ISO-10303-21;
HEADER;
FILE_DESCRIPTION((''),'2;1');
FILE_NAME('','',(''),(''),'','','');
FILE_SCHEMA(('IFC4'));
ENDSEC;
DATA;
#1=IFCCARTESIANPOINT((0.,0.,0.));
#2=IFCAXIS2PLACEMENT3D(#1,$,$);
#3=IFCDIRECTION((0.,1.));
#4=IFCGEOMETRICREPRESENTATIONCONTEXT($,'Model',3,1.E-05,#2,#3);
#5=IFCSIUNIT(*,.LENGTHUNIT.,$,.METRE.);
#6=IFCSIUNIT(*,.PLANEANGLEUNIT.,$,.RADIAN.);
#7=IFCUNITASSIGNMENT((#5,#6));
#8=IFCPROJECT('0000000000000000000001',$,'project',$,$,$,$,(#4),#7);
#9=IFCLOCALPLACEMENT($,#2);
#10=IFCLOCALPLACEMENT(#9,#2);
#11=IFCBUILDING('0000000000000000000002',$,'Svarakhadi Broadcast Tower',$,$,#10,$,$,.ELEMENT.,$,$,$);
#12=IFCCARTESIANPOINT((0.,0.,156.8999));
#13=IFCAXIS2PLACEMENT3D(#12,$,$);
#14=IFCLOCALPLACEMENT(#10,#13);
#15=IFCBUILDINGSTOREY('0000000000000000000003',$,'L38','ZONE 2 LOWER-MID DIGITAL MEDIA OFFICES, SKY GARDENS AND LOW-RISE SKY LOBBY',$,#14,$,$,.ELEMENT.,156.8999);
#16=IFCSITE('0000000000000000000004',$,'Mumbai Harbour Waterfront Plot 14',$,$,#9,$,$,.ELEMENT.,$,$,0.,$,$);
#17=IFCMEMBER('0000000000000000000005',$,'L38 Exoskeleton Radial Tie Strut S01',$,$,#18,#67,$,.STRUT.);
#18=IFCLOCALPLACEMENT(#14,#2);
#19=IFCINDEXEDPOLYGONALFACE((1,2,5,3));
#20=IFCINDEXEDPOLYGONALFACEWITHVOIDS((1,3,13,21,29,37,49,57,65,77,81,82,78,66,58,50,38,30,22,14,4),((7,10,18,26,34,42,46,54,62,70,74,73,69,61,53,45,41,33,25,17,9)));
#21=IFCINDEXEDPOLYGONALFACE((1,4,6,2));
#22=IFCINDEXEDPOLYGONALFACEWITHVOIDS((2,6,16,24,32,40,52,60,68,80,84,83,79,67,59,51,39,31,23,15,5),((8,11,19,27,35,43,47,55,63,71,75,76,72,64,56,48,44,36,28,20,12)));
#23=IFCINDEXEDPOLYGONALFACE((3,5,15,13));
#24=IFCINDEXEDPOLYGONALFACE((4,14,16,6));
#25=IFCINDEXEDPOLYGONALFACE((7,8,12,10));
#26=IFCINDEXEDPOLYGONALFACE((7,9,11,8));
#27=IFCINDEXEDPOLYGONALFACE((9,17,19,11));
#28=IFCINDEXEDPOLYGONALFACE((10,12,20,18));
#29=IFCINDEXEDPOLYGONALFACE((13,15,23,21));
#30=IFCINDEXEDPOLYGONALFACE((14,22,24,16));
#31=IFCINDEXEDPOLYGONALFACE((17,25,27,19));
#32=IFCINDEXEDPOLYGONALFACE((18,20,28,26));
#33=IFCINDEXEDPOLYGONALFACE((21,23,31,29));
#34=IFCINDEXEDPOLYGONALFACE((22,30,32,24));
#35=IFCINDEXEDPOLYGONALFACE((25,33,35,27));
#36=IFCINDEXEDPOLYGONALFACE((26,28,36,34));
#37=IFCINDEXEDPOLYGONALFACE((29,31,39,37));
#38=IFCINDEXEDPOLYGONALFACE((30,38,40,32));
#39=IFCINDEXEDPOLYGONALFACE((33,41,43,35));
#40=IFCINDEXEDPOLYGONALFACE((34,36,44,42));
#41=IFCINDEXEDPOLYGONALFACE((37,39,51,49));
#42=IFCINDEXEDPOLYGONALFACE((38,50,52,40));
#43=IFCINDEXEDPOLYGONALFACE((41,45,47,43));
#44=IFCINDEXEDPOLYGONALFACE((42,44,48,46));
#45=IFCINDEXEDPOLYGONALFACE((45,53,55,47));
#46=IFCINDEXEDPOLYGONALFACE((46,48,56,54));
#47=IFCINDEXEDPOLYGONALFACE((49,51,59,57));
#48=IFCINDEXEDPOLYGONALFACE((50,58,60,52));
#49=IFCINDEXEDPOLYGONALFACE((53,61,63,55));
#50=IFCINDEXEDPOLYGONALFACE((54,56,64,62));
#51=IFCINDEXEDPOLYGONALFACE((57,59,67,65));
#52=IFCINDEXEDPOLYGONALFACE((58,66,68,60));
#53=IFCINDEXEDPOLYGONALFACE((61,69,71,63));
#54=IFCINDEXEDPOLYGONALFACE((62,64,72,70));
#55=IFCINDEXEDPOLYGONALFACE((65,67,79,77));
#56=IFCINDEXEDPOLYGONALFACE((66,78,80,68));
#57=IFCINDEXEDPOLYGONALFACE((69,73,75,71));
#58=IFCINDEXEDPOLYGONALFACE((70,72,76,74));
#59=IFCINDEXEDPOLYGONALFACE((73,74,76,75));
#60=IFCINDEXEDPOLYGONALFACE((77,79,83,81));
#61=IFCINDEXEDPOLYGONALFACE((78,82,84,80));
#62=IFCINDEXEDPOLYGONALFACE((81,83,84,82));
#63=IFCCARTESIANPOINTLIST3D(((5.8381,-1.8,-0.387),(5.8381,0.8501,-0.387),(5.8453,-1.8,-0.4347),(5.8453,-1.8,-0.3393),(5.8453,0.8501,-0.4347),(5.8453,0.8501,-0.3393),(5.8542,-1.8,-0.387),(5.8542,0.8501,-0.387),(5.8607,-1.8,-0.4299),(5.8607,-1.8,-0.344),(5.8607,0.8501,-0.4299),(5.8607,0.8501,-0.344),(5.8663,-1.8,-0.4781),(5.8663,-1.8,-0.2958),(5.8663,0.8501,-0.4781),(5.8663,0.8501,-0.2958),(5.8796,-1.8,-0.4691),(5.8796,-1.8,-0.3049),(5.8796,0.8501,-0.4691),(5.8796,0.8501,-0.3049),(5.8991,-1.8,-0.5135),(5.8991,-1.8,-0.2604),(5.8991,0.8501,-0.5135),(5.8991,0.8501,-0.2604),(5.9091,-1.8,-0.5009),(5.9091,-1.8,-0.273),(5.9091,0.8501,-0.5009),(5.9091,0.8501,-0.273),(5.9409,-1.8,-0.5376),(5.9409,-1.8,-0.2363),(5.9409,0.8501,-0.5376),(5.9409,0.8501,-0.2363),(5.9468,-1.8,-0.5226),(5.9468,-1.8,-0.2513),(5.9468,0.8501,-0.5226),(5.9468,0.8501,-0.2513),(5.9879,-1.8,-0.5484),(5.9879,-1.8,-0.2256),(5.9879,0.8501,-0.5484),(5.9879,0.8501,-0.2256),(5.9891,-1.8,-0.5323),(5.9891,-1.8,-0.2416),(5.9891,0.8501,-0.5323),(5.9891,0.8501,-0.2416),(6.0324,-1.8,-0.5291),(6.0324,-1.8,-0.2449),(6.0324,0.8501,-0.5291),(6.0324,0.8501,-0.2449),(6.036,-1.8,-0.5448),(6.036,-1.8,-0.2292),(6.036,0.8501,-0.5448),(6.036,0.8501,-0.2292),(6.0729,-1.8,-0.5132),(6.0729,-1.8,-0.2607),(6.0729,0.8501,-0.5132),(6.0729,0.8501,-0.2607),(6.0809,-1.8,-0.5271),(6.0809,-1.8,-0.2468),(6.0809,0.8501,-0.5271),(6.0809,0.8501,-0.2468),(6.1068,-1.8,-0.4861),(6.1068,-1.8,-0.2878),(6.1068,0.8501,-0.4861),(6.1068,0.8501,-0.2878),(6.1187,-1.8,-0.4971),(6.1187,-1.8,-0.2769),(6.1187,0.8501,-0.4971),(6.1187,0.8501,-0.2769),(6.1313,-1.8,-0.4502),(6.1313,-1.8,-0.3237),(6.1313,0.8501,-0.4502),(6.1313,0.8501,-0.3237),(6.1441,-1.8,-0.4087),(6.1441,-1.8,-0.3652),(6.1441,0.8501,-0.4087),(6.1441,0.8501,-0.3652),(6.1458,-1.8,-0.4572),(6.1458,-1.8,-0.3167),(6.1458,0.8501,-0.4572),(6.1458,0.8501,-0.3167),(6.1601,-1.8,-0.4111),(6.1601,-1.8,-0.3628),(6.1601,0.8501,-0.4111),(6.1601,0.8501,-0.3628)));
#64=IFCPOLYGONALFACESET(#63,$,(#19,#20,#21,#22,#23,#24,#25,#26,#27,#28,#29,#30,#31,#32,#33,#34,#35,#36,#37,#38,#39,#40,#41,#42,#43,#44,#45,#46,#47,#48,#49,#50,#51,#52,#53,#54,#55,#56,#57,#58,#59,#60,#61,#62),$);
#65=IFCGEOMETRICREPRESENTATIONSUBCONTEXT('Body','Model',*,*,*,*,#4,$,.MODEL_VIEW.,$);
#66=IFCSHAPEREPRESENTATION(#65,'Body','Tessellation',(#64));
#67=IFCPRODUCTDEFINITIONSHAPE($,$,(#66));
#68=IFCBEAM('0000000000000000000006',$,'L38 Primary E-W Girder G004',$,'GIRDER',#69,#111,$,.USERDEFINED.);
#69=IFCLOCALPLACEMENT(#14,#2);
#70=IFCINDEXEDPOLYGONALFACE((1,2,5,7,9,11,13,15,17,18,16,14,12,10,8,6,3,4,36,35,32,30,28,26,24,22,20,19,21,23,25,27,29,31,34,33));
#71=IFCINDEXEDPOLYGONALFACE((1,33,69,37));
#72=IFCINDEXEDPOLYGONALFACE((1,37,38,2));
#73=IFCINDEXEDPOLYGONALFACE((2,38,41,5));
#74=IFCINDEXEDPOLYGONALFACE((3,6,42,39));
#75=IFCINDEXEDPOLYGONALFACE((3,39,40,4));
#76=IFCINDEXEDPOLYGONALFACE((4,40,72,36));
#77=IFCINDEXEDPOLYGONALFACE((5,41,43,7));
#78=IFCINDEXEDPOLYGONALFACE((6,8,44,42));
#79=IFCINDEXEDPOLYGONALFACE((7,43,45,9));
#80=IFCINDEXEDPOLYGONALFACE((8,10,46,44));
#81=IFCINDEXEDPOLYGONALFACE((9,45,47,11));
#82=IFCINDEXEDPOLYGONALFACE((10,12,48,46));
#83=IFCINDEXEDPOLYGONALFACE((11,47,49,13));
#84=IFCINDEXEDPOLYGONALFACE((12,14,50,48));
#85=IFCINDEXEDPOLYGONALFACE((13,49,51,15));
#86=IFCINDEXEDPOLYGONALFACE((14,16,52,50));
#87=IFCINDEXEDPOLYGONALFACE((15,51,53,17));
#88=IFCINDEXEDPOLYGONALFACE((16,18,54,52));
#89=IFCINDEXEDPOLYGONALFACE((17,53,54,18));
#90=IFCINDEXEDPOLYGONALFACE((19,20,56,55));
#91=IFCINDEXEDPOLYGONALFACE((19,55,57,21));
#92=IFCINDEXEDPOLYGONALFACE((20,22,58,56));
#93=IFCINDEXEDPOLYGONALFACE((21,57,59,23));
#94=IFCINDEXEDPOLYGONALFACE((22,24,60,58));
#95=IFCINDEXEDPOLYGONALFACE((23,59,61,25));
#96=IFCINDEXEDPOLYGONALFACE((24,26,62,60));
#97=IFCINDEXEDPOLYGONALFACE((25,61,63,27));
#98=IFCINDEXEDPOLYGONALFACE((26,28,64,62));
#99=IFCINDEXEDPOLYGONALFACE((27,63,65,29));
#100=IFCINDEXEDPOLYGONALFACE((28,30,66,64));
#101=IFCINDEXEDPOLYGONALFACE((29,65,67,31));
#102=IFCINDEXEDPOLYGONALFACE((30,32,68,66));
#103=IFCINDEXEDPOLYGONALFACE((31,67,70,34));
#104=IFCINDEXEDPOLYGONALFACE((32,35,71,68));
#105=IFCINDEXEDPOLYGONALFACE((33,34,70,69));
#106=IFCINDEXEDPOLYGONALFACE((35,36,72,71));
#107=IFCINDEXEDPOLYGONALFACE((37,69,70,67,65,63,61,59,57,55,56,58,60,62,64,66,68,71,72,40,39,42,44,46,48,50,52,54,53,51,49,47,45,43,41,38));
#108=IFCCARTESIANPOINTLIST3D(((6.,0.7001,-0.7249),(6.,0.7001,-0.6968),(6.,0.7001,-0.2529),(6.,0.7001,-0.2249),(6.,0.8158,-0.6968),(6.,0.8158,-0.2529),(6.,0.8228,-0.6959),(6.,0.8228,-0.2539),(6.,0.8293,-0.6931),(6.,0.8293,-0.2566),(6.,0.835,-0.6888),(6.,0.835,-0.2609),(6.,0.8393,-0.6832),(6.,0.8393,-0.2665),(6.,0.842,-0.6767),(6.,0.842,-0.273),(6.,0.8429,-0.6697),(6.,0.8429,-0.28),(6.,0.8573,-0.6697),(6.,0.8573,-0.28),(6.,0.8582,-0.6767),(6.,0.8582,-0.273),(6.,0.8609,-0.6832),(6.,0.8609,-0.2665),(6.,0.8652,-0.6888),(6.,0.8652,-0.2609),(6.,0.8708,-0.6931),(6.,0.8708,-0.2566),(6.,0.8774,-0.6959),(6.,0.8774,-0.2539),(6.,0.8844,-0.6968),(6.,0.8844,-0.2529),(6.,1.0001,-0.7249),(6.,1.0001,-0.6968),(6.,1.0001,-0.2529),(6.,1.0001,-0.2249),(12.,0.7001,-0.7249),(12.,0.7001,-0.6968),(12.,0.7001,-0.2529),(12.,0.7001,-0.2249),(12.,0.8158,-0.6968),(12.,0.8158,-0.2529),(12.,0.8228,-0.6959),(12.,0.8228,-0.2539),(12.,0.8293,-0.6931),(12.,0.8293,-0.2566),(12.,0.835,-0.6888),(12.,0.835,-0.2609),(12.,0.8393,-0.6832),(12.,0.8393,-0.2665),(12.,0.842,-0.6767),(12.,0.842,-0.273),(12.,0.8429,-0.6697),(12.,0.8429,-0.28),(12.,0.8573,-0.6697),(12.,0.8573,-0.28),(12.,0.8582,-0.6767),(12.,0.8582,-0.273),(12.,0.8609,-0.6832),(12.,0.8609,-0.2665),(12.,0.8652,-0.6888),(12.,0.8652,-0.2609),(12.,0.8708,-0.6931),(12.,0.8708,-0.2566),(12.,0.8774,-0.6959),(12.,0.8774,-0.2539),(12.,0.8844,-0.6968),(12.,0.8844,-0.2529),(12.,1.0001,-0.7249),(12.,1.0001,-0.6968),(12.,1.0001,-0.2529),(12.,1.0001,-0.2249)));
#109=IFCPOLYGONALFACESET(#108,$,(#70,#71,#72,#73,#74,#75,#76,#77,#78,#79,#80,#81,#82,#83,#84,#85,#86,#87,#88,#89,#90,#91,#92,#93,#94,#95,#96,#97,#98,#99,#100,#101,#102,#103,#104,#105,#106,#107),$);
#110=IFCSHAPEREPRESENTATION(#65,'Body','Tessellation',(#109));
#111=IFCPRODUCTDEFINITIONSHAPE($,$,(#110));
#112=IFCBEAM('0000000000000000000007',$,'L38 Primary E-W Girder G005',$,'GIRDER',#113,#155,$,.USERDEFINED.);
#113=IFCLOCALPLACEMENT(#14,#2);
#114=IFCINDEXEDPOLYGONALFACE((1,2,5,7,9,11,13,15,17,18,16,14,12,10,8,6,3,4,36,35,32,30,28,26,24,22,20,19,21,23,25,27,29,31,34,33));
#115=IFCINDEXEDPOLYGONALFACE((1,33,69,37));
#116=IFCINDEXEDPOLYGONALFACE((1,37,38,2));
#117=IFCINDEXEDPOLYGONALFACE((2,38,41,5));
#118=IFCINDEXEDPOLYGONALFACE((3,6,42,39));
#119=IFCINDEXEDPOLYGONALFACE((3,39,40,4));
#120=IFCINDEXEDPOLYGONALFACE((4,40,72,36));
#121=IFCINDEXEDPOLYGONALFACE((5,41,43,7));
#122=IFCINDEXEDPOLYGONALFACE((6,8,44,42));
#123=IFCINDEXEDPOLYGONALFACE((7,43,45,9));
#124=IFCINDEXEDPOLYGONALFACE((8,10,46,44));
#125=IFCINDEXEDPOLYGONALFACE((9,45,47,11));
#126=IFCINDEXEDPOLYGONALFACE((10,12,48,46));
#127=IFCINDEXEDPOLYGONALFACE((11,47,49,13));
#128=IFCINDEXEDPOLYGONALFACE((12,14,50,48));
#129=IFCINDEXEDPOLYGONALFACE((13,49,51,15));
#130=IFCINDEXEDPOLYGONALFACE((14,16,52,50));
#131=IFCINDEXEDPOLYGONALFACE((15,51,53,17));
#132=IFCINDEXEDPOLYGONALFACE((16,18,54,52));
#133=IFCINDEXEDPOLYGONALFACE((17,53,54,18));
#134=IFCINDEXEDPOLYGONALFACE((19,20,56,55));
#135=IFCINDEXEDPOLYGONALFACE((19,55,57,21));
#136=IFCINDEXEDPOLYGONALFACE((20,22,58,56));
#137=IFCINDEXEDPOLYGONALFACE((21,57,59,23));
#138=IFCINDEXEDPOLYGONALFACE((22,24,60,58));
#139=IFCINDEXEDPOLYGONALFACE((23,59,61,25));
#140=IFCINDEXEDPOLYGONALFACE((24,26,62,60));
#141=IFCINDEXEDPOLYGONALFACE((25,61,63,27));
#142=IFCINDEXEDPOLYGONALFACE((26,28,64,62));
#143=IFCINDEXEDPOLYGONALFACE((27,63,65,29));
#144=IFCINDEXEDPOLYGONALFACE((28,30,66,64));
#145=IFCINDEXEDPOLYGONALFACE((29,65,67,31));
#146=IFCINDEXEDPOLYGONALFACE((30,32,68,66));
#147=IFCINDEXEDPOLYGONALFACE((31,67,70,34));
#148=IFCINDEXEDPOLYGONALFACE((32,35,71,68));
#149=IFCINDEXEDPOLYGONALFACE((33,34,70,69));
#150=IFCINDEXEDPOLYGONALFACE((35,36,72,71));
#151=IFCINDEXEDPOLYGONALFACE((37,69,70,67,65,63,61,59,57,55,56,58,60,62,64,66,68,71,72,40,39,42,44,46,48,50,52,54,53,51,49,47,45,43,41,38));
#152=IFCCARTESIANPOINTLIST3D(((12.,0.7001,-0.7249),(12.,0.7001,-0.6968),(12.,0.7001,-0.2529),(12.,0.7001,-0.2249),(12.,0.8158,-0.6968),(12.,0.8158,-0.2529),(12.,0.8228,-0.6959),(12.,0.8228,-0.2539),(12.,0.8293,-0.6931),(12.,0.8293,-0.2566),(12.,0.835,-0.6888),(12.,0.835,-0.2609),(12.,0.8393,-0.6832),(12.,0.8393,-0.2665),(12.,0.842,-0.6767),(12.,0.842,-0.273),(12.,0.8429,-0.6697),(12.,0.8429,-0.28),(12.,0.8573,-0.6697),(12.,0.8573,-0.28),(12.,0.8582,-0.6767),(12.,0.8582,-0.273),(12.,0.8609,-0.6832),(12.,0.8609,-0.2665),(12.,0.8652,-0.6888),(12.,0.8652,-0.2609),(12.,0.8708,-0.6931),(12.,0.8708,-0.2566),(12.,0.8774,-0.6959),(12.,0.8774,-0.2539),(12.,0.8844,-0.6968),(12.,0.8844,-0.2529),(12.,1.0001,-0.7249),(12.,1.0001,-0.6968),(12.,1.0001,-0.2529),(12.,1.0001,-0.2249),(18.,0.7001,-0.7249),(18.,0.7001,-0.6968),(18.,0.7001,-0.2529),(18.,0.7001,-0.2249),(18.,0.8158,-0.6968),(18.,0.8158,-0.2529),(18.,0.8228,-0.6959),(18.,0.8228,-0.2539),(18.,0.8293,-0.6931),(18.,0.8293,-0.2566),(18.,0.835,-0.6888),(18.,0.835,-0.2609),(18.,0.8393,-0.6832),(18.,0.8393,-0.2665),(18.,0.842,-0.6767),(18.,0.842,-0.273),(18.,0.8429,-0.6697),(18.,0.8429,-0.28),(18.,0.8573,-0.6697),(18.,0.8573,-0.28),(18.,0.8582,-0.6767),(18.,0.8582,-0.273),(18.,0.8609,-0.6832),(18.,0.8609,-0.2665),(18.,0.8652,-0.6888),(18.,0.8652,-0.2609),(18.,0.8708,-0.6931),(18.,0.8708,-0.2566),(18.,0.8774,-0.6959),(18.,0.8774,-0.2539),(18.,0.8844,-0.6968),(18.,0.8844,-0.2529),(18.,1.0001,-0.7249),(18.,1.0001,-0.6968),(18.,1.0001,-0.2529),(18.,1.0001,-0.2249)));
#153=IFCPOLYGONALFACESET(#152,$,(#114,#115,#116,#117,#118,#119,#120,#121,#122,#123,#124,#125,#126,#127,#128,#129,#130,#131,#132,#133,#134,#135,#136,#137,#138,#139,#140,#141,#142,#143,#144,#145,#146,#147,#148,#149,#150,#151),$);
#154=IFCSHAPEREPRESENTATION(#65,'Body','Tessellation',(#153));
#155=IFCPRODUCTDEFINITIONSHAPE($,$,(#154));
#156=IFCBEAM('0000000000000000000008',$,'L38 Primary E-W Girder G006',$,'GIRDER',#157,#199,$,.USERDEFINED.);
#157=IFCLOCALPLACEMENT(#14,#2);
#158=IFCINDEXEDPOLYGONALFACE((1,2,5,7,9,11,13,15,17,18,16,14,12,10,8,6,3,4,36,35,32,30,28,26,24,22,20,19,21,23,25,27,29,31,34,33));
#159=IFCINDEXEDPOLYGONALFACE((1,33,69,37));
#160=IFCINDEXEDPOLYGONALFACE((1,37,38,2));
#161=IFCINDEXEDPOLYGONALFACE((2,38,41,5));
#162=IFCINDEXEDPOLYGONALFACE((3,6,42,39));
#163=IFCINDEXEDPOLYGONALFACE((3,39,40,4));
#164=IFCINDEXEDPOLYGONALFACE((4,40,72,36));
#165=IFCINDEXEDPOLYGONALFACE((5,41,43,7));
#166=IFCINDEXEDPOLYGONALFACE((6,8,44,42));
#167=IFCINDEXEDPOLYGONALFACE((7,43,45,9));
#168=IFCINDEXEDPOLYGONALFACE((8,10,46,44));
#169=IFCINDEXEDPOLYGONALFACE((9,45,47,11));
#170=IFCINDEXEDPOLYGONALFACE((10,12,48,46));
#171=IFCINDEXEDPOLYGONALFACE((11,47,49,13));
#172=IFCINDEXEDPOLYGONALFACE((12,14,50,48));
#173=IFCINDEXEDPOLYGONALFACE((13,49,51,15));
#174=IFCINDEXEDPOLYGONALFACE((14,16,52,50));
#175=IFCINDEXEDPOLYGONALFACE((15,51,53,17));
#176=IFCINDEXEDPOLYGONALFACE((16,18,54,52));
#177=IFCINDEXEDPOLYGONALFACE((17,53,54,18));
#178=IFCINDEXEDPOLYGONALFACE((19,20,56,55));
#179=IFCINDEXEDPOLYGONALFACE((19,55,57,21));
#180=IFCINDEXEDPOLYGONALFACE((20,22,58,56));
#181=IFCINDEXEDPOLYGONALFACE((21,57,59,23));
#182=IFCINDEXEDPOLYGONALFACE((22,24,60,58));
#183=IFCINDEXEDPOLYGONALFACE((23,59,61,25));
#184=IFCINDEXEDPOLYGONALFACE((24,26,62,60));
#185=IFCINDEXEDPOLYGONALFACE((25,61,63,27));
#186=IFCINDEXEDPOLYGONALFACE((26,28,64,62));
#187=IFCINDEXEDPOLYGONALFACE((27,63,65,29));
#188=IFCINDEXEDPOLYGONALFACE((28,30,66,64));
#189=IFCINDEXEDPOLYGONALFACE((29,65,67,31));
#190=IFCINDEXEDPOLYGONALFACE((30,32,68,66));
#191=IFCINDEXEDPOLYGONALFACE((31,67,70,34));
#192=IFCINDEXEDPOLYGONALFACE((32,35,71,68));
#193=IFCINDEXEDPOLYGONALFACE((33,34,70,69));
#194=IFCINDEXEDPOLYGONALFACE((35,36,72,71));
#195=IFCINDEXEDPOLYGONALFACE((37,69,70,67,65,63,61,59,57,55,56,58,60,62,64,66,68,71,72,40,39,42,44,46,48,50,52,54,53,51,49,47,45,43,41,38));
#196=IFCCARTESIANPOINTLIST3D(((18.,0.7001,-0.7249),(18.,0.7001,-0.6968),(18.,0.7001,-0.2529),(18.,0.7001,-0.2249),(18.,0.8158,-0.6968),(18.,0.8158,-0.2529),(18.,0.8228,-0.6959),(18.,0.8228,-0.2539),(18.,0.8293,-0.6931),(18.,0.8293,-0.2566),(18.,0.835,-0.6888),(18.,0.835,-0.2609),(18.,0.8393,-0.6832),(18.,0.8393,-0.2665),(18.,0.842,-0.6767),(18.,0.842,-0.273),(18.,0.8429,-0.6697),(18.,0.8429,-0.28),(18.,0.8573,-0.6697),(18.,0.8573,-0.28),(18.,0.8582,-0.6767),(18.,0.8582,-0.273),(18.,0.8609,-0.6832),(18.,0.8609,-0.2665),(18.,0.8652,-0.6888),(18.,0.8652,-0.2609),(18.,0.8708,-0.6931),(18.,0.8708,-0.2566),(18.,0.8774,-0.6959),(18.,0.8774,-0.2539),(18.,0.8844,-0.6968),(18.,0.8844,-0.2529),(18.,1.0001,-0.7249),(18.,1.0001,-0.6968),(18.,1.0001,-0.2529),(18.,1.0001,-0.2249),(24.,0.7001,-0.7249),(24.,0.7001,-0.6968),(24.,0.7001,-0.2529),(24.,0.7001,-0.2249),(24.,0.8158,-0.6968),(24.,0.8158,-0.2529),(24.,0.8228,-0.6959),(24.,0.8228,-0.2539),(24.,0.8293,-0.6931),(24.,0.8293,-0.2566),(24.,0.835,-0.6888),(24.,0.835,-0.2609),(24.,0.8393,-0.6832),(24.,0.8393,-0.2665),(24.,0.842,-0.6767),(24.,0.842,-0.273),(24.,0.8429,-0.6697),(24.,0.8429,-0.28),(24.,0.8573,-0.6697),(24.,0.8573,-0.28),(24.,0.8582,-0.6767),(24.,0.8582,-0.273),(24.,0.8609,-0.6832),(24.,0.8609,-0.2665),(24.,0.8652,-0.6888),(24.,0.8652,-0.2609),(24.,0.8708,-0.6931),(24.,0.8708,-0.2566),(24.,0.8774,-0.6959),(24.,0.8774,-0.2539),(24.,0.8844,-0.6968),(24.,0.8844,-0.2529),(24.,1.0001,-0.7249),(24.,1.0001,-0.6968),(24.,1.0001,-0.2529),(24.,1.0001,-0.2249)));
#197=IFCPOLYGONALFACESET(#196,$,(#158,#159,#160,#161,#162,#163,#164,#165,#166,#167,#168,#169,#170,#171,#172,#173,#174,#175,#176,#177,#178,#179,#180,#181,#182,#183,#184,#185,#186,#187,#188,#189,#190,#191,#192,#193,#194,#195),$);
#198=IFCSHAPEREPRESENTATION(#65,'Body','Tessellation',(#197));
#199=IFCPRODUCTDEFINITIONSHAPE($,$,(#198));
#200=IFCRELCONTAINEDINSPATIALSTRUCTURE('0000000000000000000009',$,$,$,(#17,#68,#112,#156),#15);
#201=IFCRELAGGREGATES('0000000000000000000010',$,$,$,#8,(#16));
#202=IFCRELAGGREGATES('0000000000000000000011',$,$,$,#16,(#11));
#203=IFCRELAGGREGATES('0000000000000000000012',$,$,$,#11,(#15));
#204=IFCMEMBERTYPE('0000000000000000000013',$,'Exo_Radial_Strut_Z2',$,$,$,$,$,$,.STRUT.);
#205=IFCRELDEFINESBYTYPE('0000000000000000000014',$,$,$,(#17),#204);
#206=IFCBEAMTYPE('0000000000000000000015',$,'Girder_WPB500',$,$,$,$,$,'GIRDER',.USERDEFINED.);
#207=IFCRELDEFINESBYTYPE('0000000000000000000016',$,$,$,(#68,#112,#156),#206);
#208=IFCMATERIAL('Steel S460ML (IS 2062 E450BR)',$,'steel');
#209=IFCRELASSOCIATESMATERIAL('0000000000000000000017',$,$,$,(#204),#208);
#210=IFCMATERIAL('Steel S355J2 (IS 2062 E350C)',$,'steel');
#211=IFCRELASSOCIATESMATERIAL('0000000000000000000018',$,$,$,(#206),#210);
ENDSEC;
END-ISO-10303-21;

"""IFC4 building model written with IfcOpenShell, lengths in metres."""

from ifc_helpers import new_model, si_unit, direction, frame, origin, origin_2d, place, context, subcontext, project, spatial, hollow_circle, i_section, extrude, material, material_profile, profile_set, type_object, element, save


model = new_model("IFC4")

# Units and contexts
model_context = context("Model", 3, precision=1e-05, world=origin(), true_north=direction((0.0, 1.0)))
body_context = subcontext(model_context, "Body", "Model", "MODEL_VIEW")
ifc_project = project(units=[si_unit("LENGTHUNIT", "METRE"), si_unit("PLANEANGLEUNIT", "RADIAN")], contexts=[model_context])

# Site, building, storey
site_placement = place(None, origin())
site = spatial("IfcSite", under=ifc_project, at=site_placement, Name="Mumbai Harbour Waterfront Plot 14", CompositionType="ELEMENT", RefElevation=0.0)
building_placement = place(site_placement, origin())
building = spatial("IfcBuilding", under=site, at=building_placement, Name="Svarakhadi Broadcast Tower", CompositionType="ELEMENT")
storey_placement = place(building_placement, frame((0.0, 0.0, 156.8999)))
storey = spatial("IfcBuildingStorey", under=building, at=storey_placement, Name="L38", Description="ZONE 2 LOWER-MID DIGITAL MEDIA OFFICES, SKY GARDENS AND LOW-RISE SKY LOBBY", CompositionType="ELEMENT", Elevation=156.8999)

# Shared definitions
ifc_material_1 = material(Name="Steel S460ML (IS 2062 E450BR)", Category="steel")

# Shared definitions
ifc_material_2 = material(Name="Steel S355J2 (IS 2062 E350C)", Category="steel")

# Member
ifc_material_profile_1 = material_profile(ifc_material_1, hollow_circle(Radius=0.1619, WallThickness=0.0161, at=origin_2d()), Name="CHS 323.9x16")
ifc_profile_set_1 = profile_set([ifc_material_profile_1], Name="Steel S460ML (IS 2062 E450BR)")
member_type_1 = type_object("IfcMemberType", Name="Exo_Radial_Strut_Z2", PredefinedType="STRUT", material=ifc_profile_set_1)
member_1_placement = place(storey_placement, frame((6.0, -1.8, -0.387), z_axis=(0.0, 1.0, 0.0), x_axis=(-1.0, 0.0, 0.0)))
element("IfcMember", 1, at=member_1_placement, inside=storey, type_object=member_type_1, Name="L38 Exoskeleton Radial Tie Strut S01", PredefinedType="STRUT", context=body_context, shape_type="SweptSolid", body=[
    extrude(hollow_circle(Radius=0.1619, WallThickness=0.0161, at=origin_2d()), origin(), (0.0, 0.0, 1.0), 2.6501),
])

# Beams
ifc_material_profile_2 = material_profile(ifc_material_2, i_section(OverallWidth=0.3, OverallDepth=0.5, WebThickness=0.0144, FlangeThickness=0.0281, FilletRadius=0.0271, at=origin_2d()), Name="WPB 500x300x187")
ifc_profile_set_2 = profile_set([ifc_material_profile_2], Name="Steel S355J2 (IS 2062 E350C)")
beam_type_1 = type_object("IfcBeamType", Name="Girder_WPB500", ElementType="GIRDER", PredefinedType="USERDEFINED", material=ifc_profile_set_2)
for number, where, z_axis, x_axis, name in (
    (2, (6.0, 0.8501, -0.4749), (1.0, 0.0, 0.0), (0.0, 1.0, 0.0), "L38 Primary E-W Girder G004"),
    (3, (12.0, 0.8501, -0.4749), (1.0, 0.0, 0.0), (0.0, 1.0, 0.0), "L38 Primary E-W Girder G005"),
    (4, (18.0, 0.8501, -0.4749), (1.0, 0.0, 0.0), (0.0, 1.0, 0.0), "L38 Primary E-W Girder G006"),
):
    element("IfcBeam", number, at=place(storey_placement, frame(where, z_axis=z_axis, x_axis=x_axis)), inside=storey, type_object=beam_type_1, Name=name, ObjectType="GIRDER", PredefinedType="USERDEFINED", context=body_context, shape_type="SweptSolid", body=[
        extrude(i_section(OverallWidth=0.3, OverallDepth=0.5, WebThickness=0.0144, FlangeThickness=0.0281, FilletRadius=0.0271, at=origin_2d()), origin(), (0.0, 0.0, 1.0), 6.0),
    ])

save(model, "model.ifc")
